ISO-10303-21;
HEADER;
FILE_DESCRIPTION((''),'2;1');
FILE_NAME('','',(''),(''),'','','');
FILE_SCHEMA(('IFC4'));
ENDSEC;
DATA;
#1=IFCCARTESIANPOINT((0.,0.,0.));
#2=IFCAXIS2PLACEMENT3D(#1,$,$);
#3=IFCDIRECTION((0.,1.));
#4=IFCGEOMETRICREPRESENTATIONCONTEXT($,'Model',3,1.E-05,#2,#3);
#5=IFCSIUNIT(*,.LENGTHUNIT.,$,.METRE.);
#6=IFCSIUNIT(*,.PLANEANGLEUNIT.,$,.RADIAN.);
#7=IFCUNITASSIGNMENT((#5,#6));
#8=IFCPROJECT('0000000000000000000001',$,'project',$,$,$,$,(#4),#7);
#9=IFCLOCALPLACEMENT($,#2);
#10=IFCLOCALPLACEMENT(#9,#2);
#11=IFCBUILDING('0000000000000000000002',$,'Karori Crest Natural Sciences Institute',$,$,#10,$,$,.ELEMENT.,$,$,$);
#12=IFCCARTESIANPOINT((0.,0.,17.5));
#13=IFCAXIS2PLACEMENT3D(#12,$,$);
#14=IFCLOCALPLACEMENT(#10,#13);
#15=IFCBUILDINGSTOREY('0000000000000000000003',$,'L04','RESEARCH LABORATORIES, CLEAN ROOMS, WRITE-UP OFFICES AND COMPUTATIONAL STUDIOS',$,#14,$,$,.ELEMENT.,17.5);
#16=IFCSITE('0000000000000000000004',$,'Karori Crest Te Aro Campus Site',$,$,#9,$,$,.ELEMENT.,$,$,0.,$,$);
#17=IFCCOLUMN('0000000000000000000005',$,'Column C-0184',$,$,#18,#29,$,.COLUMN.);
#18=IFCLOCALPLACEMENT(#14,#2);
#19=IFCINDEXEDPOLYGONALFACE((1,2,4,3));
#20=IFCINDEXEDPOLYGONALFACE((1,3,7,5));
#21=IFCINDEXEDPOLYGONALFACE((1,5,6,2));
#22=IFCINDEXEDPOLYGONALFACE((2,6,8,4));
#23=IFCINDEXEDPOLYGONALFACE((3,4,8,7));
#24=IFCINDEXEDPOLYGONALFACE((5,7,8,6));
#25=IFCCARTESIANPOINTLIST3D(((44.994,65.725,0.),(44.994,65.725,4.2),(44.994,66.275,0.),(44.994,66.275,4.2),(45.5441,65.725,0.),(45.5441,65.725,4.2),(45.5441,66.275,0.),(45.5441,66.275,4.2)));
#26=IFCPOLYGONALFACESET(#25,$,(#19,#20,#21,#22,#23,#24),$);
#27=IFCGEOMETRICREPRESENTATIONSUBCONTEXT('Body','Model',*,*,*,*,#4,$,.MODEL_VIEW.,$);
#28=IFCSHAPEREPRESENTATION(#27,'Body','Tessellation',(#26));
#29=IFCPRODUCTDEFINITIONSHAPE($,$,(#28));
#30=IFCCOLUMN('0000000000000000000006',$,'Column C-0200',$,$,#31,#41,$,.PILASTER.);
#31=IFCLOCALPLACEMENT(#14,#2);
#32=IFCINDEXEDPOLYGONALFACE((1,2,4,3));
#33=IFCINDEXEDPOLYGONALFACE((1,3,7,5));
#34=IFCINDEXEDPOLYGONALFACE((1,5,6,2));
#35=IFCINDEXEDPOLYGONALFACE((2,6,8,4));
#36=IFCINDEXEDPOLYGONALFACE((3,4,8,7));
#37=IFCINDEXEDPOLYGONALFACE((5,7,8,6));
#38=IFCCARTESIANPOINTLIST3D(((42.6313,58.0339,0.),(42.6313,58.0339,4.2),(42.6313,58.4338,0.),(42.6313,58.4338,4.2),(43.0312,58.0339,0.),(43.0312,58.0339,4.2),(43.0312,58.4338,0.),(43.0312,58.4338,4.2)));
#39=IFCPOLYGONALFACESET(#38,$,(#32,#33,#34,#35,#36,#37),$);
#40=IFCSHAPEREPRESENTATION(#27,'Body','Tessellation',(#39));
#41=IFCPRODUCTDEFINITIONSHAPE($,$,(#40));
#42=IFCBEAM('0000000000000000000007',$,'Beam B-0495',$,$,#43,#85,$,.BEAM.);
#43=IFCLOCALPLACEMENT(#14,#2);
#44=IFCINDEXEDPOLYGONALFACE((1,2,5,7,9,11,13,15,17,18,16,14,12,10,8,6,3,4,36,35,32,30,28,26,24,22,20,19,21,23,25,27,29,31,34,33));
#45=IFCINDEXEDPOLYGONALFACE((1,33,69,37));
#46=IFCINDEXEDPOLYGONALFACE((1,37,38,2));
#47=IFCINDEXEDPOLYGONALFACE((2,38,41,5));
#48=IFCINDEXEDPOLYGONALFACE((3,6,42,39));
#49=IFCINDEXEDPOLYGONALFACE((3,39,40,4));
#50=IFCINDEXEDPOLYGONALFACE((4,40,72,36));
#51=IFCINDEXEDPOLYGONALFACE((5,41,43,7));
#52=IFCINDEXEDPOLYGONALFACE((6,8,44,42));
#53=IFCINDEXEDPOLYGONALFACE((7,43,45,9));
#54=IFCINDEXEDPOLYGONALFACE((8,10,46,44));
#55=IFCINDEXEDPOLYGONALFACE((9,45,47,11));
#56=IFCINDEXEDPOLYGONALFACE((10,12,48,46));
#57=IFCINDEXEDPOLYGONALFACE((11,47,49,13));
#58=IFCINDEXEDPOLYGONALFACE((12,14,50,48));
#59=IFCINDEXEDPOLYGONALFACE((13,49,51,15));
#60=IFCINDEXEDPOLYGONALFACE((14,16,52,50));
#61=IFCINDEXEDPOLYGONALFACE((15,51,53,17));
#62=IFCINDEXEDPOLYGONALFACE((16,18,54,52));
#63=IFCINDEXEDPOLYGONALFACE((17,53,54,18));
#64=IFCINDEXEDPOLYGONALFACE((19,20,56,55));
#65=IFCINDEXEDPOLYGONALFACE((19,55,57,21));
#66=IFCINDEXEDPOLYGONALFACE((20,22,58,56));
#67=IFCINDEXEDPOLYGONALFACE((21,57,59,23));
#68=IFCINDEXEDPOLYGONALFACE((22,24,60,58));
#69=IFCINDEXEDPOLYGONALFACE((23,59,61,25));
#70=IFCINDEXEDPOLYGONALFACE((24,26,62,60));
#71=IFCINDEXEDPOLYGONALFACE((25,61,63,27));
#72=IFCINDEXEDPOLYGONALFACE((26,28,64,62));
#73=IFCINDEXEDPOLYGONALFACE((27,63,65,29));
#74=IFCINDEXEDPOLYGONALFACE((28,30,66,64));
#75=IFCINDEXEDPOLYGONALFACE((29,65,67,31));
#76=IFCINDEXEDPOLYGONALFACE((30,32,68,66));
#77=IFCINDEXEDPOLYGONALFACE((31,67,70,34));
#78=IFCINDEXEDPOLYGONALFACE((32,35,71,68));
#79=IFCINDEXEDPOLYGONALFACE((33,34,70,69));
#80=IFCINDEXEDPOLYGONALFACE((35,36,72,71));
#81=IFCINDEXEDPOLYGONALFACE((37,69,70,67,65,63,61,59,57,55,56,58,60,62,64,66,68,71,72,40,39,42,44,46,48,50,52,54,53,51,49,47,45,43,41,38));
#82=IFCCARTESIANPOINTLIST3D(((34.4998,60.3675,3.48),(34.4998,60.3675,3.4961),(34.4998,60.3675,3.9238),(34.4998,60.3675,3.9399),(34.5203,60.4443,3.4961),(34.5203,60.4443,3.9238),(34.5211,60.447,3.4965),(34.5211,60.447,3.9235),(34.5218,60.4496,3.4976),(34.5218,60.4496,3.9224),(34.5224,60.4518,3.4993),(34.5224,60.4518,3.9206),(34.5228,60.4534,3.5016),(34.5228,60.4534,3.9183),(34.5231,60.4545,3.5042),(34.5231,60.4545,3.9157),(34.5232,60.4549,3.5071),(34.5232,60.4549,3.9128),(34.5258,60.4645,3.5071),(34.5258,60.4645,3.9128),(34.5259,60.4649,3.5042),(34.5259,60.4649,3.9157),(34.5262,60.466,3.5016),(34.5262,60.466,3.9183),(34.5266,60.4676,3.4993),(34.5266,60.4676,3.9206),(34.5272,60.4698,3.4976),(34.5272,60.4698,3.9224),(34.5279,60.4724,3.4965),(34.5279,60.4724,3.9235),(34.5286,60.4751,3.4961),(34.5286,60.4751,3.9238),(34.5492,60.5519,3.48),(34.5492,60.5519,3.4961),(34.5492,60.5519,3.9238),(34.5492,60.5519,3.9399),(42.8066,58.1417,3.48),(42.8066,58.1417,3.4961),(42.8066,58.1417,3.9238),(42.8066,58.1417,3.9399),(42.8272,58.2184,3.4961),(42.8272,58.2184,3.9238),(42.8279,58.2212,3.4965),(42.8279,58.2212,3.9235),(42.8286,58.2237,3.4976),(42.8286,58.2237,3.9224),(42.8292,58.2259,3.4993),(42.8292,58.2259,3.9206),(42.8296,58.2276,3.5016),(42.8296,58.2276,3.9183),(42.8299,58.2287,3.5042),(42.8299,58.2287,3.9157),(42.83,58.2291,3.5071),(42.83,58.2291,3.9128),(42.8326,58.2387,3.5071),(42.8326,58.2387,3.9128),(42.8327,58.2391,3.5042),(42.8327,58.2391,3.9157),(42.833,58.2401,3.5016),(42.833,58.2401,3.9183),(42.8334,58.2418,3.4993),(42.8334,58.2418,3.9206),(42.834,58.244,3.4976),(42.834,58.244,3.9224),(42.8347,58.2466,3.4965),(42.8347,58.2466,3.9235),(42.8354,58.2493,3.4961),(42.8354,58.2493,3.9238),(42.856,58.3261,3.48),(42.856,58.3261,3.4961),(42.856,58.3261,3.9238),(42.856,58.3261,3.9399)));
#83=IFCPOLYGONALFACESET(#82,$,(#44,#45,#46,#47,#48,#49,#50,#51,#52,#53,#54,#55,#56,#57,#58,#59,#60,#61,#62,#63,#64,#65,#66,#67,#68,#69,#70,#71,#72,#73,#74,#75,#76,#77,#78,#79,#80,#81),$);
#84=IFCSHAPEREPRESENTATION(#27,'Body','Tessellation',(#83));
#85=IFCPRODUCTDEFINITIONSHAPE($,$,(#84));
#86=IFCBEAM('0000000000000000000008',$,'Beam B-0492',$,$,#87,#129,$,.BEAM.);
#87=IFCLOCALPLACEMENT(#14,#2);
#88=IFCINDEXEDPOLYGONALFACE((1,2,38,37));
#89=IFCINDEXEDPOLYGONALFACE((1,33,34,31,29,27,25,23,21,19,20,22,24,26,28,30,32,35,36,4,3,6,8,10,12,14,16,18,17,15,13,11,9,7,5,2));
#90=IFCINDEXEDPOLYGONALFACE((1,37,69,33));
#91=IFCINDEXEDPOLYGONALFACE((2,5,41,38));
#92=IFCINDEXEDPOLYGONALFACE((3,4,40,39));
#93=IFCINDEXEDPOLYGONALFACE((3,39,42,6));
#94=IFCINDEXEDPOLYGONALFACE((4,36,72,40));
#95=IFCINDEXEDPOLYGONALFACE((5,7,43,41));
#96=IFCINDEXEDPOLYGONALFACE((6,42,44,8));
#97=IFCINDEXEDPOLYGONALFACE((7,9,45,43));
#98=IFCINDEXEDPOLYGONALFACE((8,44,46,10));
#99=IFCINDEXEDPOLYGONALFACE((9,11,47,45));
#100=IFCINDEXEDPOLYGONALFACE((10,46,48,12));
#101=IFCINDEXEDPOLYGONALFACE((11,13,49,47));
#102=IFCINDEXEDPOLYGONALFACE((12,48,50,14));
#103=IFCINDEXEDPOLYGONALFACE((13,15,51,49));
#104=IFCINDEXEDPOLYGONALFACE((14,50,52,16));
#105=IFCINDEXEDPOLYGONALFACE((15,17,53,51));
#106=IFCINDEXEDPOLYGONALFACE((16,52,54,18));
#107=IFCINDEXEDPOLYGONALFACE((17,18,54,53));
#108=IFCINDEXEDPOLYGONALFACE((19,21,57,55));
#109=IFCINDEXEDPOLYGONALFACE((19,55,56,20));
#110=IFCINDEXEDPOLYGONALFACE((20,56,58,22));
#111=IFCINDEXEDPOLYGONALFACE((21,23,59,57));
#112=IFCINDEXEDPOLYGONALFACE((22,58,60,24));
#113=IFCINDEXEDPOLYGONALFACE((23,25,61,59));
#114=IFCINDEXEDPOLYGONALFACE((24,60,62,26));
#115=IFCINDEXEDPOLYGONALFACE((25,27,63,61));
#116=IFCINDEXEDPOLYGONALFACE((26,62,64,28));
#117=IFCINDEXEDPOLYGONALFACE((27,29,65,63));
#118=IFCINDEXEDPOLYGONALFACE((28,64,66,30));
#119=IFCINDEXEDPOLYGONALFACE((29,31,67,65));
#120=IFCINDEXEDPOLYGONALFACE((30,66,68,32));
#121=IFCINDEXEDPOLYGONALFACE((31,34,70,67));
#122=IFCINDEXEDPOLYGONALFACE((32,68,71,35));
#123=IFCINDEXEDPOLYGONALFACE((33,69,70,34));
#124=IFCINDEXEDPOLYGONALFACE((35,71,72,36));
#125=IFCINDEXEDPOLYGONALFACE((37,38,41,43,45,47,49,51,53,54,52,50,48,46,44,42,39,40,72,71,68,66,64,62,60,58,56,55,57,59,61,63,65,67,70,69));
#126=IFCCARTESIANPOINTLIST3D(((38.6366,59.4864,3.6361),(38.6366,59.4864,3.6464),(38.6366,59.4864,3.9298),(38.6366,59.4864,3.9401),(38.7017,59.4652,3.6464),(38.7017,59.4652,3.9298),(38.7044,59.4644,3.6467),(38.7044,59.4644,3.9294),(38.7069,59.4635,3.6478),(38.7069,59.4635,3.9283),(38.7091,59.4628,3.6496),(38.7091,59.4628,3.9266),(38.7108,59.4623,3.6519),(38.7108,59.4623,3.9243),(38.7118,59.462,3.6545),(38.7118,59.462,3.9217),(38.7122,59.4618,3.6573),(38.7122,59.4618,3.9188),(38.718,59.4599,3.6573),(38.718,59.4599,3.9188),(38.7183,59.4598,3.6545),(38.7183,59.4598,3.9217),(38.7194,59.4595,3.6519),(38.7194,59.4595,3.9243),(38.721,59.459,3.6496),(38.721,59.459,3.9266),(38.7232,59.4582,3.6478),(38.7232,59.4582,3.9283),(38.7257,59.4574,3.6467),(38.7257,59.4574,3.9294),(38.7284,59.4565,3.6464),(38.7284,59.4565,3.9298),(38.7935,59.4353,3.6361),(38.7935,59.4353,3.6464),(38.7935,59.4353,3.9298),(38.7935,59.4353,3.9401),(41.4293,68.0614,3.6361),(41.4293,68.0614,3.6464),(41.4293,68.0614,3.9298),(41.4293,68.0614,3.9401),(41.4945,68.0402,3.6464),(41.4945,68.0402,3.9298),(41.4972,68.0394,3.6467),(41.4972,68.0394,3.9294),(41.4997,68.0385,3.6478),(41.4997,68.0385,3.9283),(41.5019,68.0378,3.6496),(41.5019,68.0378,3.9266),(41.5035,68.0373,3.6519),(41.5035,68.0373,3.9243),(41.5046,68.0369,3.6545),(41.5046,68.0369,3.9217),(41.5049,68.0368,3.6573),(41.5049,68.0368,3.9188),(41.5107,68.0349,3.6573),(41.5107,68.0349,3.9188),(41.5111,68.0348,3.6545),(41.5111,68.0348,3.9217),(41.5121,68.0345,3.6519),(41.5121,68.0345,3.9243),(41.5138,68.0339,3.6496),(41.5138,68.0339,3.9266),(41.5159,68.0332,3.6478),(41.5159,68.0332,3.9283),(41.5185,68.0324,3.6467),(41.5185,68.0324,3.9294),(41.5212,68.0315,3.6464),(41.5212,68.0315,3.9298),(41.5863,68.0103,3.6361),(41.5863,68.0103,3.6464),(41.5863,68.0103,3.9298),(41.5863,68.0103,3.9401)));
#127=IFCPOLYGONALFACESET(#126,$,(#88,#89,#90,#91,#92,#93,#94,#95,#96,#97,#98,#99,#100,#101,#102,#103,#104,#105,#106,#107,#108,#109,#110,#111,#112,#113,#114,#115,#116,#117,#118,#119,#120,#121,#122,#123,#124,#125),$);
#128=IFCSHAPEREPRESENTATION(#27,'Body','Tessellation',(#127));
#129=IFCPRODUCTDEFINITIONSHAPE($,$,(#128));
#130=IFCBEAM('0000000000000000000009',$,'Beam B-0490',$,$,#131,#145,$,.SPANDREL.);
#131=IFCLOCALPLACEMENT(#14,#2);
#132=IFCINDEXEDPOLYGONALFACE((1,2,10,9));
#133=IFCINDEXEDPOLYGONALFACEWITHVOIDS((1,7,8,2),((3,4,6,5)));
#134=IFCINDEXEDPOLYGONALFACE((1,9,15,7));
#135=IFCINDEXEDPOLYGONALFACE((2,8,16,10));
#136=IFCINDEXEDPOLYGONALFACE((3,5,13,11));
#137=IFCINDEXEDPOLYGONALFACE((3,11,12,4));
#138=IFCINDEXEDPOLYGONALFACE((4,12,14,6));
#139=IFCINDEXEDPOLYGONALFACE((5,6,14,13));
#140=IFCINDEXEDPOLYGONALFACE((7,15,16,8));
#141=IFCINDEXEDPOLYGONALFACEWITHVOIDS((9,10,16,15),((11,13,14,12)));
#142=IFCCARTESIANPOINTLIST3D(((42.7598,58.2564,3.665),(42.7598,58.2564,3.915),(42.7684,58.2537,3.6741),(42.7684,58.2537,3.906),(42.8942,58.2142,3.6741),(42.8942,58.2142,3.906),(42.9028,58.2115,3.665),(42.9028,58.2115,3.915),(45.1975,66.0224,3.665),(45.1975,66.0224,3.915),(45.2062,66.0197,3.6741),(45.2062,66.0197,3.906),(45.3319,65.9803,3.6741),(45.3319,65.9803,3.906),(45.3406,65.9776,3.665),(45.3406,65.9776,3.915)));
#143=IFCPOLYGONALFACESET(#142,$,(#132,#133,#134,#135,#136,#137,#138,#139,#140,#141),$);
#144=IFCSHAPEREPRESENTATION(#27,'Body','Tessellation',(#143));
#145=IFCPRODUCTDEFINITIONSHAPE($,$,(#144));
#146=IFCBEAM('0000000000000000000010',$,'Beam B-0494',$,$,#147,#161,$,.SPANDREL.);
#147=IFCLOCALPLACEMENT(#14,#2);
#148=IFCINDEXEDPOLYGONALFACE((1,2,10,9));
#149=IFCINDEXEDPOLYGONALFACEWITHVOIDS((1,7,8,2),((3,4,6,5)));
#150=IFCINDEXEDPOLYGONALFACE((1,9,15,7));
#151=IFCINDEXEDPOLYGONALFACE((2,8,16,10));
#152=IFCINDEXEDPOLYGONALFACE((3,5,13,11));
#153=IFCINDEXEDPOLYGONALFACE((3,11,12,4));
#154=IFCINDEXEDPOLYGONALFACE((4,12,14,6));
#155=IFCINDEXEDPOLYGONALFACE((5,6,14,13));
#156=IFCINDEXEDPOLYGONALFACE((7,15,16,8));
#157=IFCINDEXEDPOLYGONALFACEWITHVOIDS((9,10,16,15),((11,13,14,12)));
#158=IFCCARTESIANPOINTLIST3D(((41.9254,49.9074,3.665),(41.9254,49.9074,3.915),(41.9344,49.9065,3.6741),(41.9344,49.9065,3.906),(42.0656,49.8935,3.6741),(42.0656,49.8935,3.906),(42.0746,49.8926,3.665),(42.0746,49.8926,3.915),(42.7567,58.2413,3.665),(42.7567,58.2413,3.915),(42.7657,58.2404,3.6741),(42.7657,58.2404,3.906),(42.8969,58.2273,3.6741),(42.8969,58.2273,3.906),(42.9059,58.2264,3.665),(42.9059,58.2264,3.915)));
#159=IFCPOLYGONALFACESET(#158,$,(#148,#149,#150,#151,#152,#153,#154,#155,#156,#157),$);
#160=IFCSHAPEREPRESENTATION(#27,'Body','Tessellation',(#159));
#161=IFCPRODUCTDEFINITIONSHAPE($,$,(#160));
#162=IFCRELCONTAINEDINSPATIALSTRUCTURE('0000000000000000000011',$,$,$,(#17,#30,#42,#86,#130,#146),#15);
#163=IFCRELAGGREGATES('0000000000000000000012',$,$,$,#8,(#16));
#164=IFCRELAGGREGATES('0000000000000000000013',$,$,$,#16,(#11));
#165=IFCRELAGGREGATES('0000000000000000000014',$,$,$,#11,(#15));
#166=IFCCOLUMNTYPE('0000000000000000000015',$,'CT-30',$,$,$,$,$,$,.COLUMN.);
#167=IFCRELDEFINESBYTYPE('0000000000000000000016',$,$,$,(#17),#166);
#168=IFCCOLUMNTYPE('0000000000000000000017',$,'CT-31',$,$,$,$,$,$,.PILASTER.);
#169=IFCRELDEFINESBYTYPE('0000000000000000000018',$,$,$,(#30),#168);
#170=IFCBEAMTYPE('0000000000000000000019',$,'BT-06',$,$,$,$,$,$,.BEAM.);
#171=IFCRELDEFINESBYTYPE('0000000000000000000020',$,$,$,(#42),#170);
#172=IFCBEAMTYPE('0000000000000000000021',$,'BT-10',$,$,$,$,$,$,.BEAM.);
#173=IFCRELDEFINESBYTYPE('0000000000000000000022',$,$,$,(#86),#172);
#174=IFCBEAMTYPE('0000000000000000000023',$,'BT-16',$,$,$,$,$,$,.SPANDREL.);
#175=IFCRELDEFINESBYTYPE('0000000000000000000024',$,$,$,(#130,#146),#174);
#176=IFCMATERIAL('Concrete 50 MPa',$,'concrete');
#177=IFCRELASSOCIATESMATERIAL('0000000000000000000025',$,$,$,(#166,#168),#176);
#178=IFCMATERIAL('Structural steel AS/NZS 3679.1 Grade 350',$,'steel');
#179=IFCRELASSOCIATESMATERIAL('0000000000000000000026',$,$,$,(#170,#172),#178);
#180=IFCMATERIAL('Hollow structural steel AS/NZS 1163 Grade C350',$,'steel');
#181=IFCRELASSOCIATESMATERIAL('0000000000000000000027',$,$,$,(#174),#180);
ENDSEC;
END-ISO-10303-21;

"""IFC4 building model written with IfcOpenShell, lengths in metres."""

from ifc_helpers import new_model, si_unit, direction, frame, origin, origin_2d, place, context, subcontext, project, spatial, rectangle, hollow_rectangle, i_section, extrude, material, material_profile, profile_set, type_object, element, save


model = new_model("IFC4")

# Units and contexts
model_context = context("Model", 3, precision=1e-05, world=origin(), true_north=direction((0.0, 1.0)))
body_context = subcontext(model_context, "Body", "Model", "MODEL_VIEW")
ifc_project = project(units=[si_unit("LENGTHUNIT", "METRE"), si_unit("PLANEANGLEUNIT", "RADIAN")], contexts=[model_context])

# Site, building, storey
site_placement = place(None, origin())
site = spatial("IfcSite", under=ifc_project, at=site_placement, Name="Karori Crest Te Aro Campus Site", CompositionType="ELEMENT", RefElevation=0.0)
building_placement = place(site_placement, origin())
building = spatial("IfcBuilding", under=site, at=building_placement, Name="Karori Crest Natural Sciences Institute", CompositionType="ELEMENT")
storey_placement = place(building_placement, frame((0.0, 0.0, 17.5)))
storey = spatial("IfcBuildingStorey", under=building, at=storey_placement, Name="L04", Description="RESEARCH LABORATORIES, CLEAN ROOMS, WRITE-UP OFFICES AND COMPUTATIONAL STUDIOS", CompositionType="ELEMENT", Elevation=17.5)

# Columns
ifc_material_1 = material(Name="Concrete 50 MPa", Category="concrete")
ifc_material_profile_1 = material_profile(ifc_material_1, rectangle(XDim=0.55, YDim=0.55, at=origin_2d()), Name="RC550x550")
ifc_profile_set_1 = profile_set([ifc_material_profile_1], Name="Concrete 50 MPa")
column_type_1 = type_object("IfcColumnType", Name="CT-30", PredefinedType="COLUMN", material=ifc_profile_set_1)
column_1_placement = place(storey_placement, frame((45.269, 66.0, 0.0), z_axis=(0.0, 0.0, 1.0), x_axis=(1.0, 0.0, 0.0)))
element("IfcColumn", 1, at=column_1_placement, inside=storey, type_object=column_type_1, Name="Column C-0184", PredefinedType="COLUMN", context=body_context, shape_type="SweptSolid", body=[
    extrude(rectangle(XDim=0.55, YDim=0.55, at=origin_2d()), origin(), (0.0, 0.0, 1.0), 4.2),
])
ifc_material_profile_2 = material_profile(ifc_material_1, rectangle(XDim=0.3999, YDim=0.3999, at=origin_2d()), Name="RC400x400")
ifc_profile_set_2 = profile_set([ifc_material_profile_2], Name="Concrete 50 MPa")
column_type_2 = type_object("IfcColumnType", Name="CT-31", PredefinedType="PILASTER", material=ifc_profile_set_2)
column_2_placement = place(storey_placement, frame((42.8313, 58.2339, 0.0), z_axis=(0.0, 0.0, 1.0), x_axis=(1.0, 0.0, 0.0)))
element("IfcColumn", 2, at=column_2_placement, inside=storey, type_object=column_type_2, Name="Column C-0200", PredefinedType="PILASTER", context=body_context, shape_type="SweptSolid", body=[
    extrude(rectangle(XDim=0.3999, YDim=0.3999, at=origin_2d()), origin(), (0.0, 0.0, 1.0), 4.2),
])

# Beams
ifc_material_2 = material(Name="Structural steel AS/NZS 3679.1 Grade 350", Category="steel")
ifc_material_profile_3 = material_profile(ifc_material_2, i_section(OverallWidth=0.1909, OverallDepth=0.46, WebThickness=0.01, FlangeThickness=0.0161, FilletRadius=0.011, at=origin_2d()), Name="460UB82.1")
ifc_profile_set_3 = profile_set([ifc_material_profile_3], Name="Structural steel AS/NZS 3679.1 Grade 350")
beam_type_1 = type_object("IfcBeamType", Name="BT-06", PredefinedType="BEAM", material=ifc_profile_set_3)
beam_1_placement = place(storey_placement, frame((42.8313, 58.2339, 3.71), z_axis=(-0.965926, 0.25882, 0.0), x_axis=(-0.25882, -0.965926, 0.0)))
element("IfcBeam", 3, at=beam_1_placement, inside=storey, type_object=beam_type_1, Name="Beam B-0495", PredefinedType="BEAM", context=body_context, shape_type="SweptSolid", body=[
    extrude(i_section(OverallWidth=0.1909, OverallDepth=0.46, WebThickness=0.01, FlangeThickness=0.0161, FilletRadius=0.011, at=origin_2d()), origin(), (0.0, 0.0, 1.0), 8.5999),
])
ifc_material_profile_4 = material_profile(ifc_material_2, i_section(OverallWidth=0.165, OverallDepth=0.304, WebThickness=0.0061, FlangeThickness=0.0103, FilletRadius=0.011, at=origin_2d()), Name="310UB40.4")
ifc_profile_set_4 = profile_set([ifc_material_profile_4], Name="Structural steel AS/NZS 3679.1 Grade 350")
beam_type_2 = type_object("IfcBeamType", Name="BT-10", PredefinedType="BEAM", material=ifc_profile_set_4)
beam_2_placement = place(storey_placement, frame((41.5078, 68.0359, 3.7881), z_axis=(-0.309674, -0.950843, 0.0), x_axis=(0.950843, -0.309674, 0.0)))
element("IfcBeam", 4, at=beam_2_placement, inside=storey, type_object=beam_type_2, Name="Beam B-0492", PredefinedType="BEAM", context=body_context, shape_type="SweptSolid", body=[
    extrude(i_section(OverallWidth=0.165, OverallDepth=0.304, WebThickness=0.0061, FlangeThickness=0.0103, FilletRadius=0.011, at=origin_2d()), origin(), (0.0, 0.0, 1.0), 9.0183),
])
ifc_material_3 = material(Name="Hollow structural steel AS/NZS 1163 Grade C350", Category="steel")
ifc_material_profile_5 = material_profile(ifc_material_3, hollow_rectangle(XDim=0.1499, YDim=0.25, WallThickness=0.009, at=origin_2d()), Name="RHS250x150x9")
ifc_profile_set_5 = profile_set([ifc_material_profile_5], Name="Hollow structural steel AS/NZS 1163 Grade C350")
beam_type_3 = type_object("IfcBeamType", Name="BT-16", PredefinedType="SPANDREL", material=ifc_profile_set_5)
beam_3_placement = place(storey_placement, frame((45.269, 66.0, 3.79), z_axis=(-0.299487, -0.9541, 0.0), x_axis=(0.9541, -0.299487, 0.0)))
element("IfcBeam", 5, at=beam_3_placement, inside=storey, type_object=beam_type_3, Name="Beam B-0490", PredefinedType="SPANDREL", context=body_context, shape_type="SweptSolid", body=[
    extrude(hollow_rectangle(XDim=0.1499, YDim=0.25, WallThickness=0.009, at=origin_2d()), origin(), (0.0, 0.0, 1.0), 8.1396),
])
beam_4_placement = place(storey_placement, frame((42.8313, 58.2339, 3.79), z_axis=(-0.099256, -0.995062, 0.0), x_axis=(0.995062, -0.099256, 0.0)))
element("IfcBeam", 6, at=beam_4_placement, inside=storey, type_object=beam_type_3, Name="Beam B-0494", PredefinedType="SPANDREL", context=body_context, shape_type="SweptSolid", body=[
    extrude(hollow_rectangle(XDim=0.1499, YDim=0.25, WallThickness=0.009, at=origin_2d()), origin(), (0.0, 0.0, 1.0), 8.3752),
])

save(model, "model.ifc")
